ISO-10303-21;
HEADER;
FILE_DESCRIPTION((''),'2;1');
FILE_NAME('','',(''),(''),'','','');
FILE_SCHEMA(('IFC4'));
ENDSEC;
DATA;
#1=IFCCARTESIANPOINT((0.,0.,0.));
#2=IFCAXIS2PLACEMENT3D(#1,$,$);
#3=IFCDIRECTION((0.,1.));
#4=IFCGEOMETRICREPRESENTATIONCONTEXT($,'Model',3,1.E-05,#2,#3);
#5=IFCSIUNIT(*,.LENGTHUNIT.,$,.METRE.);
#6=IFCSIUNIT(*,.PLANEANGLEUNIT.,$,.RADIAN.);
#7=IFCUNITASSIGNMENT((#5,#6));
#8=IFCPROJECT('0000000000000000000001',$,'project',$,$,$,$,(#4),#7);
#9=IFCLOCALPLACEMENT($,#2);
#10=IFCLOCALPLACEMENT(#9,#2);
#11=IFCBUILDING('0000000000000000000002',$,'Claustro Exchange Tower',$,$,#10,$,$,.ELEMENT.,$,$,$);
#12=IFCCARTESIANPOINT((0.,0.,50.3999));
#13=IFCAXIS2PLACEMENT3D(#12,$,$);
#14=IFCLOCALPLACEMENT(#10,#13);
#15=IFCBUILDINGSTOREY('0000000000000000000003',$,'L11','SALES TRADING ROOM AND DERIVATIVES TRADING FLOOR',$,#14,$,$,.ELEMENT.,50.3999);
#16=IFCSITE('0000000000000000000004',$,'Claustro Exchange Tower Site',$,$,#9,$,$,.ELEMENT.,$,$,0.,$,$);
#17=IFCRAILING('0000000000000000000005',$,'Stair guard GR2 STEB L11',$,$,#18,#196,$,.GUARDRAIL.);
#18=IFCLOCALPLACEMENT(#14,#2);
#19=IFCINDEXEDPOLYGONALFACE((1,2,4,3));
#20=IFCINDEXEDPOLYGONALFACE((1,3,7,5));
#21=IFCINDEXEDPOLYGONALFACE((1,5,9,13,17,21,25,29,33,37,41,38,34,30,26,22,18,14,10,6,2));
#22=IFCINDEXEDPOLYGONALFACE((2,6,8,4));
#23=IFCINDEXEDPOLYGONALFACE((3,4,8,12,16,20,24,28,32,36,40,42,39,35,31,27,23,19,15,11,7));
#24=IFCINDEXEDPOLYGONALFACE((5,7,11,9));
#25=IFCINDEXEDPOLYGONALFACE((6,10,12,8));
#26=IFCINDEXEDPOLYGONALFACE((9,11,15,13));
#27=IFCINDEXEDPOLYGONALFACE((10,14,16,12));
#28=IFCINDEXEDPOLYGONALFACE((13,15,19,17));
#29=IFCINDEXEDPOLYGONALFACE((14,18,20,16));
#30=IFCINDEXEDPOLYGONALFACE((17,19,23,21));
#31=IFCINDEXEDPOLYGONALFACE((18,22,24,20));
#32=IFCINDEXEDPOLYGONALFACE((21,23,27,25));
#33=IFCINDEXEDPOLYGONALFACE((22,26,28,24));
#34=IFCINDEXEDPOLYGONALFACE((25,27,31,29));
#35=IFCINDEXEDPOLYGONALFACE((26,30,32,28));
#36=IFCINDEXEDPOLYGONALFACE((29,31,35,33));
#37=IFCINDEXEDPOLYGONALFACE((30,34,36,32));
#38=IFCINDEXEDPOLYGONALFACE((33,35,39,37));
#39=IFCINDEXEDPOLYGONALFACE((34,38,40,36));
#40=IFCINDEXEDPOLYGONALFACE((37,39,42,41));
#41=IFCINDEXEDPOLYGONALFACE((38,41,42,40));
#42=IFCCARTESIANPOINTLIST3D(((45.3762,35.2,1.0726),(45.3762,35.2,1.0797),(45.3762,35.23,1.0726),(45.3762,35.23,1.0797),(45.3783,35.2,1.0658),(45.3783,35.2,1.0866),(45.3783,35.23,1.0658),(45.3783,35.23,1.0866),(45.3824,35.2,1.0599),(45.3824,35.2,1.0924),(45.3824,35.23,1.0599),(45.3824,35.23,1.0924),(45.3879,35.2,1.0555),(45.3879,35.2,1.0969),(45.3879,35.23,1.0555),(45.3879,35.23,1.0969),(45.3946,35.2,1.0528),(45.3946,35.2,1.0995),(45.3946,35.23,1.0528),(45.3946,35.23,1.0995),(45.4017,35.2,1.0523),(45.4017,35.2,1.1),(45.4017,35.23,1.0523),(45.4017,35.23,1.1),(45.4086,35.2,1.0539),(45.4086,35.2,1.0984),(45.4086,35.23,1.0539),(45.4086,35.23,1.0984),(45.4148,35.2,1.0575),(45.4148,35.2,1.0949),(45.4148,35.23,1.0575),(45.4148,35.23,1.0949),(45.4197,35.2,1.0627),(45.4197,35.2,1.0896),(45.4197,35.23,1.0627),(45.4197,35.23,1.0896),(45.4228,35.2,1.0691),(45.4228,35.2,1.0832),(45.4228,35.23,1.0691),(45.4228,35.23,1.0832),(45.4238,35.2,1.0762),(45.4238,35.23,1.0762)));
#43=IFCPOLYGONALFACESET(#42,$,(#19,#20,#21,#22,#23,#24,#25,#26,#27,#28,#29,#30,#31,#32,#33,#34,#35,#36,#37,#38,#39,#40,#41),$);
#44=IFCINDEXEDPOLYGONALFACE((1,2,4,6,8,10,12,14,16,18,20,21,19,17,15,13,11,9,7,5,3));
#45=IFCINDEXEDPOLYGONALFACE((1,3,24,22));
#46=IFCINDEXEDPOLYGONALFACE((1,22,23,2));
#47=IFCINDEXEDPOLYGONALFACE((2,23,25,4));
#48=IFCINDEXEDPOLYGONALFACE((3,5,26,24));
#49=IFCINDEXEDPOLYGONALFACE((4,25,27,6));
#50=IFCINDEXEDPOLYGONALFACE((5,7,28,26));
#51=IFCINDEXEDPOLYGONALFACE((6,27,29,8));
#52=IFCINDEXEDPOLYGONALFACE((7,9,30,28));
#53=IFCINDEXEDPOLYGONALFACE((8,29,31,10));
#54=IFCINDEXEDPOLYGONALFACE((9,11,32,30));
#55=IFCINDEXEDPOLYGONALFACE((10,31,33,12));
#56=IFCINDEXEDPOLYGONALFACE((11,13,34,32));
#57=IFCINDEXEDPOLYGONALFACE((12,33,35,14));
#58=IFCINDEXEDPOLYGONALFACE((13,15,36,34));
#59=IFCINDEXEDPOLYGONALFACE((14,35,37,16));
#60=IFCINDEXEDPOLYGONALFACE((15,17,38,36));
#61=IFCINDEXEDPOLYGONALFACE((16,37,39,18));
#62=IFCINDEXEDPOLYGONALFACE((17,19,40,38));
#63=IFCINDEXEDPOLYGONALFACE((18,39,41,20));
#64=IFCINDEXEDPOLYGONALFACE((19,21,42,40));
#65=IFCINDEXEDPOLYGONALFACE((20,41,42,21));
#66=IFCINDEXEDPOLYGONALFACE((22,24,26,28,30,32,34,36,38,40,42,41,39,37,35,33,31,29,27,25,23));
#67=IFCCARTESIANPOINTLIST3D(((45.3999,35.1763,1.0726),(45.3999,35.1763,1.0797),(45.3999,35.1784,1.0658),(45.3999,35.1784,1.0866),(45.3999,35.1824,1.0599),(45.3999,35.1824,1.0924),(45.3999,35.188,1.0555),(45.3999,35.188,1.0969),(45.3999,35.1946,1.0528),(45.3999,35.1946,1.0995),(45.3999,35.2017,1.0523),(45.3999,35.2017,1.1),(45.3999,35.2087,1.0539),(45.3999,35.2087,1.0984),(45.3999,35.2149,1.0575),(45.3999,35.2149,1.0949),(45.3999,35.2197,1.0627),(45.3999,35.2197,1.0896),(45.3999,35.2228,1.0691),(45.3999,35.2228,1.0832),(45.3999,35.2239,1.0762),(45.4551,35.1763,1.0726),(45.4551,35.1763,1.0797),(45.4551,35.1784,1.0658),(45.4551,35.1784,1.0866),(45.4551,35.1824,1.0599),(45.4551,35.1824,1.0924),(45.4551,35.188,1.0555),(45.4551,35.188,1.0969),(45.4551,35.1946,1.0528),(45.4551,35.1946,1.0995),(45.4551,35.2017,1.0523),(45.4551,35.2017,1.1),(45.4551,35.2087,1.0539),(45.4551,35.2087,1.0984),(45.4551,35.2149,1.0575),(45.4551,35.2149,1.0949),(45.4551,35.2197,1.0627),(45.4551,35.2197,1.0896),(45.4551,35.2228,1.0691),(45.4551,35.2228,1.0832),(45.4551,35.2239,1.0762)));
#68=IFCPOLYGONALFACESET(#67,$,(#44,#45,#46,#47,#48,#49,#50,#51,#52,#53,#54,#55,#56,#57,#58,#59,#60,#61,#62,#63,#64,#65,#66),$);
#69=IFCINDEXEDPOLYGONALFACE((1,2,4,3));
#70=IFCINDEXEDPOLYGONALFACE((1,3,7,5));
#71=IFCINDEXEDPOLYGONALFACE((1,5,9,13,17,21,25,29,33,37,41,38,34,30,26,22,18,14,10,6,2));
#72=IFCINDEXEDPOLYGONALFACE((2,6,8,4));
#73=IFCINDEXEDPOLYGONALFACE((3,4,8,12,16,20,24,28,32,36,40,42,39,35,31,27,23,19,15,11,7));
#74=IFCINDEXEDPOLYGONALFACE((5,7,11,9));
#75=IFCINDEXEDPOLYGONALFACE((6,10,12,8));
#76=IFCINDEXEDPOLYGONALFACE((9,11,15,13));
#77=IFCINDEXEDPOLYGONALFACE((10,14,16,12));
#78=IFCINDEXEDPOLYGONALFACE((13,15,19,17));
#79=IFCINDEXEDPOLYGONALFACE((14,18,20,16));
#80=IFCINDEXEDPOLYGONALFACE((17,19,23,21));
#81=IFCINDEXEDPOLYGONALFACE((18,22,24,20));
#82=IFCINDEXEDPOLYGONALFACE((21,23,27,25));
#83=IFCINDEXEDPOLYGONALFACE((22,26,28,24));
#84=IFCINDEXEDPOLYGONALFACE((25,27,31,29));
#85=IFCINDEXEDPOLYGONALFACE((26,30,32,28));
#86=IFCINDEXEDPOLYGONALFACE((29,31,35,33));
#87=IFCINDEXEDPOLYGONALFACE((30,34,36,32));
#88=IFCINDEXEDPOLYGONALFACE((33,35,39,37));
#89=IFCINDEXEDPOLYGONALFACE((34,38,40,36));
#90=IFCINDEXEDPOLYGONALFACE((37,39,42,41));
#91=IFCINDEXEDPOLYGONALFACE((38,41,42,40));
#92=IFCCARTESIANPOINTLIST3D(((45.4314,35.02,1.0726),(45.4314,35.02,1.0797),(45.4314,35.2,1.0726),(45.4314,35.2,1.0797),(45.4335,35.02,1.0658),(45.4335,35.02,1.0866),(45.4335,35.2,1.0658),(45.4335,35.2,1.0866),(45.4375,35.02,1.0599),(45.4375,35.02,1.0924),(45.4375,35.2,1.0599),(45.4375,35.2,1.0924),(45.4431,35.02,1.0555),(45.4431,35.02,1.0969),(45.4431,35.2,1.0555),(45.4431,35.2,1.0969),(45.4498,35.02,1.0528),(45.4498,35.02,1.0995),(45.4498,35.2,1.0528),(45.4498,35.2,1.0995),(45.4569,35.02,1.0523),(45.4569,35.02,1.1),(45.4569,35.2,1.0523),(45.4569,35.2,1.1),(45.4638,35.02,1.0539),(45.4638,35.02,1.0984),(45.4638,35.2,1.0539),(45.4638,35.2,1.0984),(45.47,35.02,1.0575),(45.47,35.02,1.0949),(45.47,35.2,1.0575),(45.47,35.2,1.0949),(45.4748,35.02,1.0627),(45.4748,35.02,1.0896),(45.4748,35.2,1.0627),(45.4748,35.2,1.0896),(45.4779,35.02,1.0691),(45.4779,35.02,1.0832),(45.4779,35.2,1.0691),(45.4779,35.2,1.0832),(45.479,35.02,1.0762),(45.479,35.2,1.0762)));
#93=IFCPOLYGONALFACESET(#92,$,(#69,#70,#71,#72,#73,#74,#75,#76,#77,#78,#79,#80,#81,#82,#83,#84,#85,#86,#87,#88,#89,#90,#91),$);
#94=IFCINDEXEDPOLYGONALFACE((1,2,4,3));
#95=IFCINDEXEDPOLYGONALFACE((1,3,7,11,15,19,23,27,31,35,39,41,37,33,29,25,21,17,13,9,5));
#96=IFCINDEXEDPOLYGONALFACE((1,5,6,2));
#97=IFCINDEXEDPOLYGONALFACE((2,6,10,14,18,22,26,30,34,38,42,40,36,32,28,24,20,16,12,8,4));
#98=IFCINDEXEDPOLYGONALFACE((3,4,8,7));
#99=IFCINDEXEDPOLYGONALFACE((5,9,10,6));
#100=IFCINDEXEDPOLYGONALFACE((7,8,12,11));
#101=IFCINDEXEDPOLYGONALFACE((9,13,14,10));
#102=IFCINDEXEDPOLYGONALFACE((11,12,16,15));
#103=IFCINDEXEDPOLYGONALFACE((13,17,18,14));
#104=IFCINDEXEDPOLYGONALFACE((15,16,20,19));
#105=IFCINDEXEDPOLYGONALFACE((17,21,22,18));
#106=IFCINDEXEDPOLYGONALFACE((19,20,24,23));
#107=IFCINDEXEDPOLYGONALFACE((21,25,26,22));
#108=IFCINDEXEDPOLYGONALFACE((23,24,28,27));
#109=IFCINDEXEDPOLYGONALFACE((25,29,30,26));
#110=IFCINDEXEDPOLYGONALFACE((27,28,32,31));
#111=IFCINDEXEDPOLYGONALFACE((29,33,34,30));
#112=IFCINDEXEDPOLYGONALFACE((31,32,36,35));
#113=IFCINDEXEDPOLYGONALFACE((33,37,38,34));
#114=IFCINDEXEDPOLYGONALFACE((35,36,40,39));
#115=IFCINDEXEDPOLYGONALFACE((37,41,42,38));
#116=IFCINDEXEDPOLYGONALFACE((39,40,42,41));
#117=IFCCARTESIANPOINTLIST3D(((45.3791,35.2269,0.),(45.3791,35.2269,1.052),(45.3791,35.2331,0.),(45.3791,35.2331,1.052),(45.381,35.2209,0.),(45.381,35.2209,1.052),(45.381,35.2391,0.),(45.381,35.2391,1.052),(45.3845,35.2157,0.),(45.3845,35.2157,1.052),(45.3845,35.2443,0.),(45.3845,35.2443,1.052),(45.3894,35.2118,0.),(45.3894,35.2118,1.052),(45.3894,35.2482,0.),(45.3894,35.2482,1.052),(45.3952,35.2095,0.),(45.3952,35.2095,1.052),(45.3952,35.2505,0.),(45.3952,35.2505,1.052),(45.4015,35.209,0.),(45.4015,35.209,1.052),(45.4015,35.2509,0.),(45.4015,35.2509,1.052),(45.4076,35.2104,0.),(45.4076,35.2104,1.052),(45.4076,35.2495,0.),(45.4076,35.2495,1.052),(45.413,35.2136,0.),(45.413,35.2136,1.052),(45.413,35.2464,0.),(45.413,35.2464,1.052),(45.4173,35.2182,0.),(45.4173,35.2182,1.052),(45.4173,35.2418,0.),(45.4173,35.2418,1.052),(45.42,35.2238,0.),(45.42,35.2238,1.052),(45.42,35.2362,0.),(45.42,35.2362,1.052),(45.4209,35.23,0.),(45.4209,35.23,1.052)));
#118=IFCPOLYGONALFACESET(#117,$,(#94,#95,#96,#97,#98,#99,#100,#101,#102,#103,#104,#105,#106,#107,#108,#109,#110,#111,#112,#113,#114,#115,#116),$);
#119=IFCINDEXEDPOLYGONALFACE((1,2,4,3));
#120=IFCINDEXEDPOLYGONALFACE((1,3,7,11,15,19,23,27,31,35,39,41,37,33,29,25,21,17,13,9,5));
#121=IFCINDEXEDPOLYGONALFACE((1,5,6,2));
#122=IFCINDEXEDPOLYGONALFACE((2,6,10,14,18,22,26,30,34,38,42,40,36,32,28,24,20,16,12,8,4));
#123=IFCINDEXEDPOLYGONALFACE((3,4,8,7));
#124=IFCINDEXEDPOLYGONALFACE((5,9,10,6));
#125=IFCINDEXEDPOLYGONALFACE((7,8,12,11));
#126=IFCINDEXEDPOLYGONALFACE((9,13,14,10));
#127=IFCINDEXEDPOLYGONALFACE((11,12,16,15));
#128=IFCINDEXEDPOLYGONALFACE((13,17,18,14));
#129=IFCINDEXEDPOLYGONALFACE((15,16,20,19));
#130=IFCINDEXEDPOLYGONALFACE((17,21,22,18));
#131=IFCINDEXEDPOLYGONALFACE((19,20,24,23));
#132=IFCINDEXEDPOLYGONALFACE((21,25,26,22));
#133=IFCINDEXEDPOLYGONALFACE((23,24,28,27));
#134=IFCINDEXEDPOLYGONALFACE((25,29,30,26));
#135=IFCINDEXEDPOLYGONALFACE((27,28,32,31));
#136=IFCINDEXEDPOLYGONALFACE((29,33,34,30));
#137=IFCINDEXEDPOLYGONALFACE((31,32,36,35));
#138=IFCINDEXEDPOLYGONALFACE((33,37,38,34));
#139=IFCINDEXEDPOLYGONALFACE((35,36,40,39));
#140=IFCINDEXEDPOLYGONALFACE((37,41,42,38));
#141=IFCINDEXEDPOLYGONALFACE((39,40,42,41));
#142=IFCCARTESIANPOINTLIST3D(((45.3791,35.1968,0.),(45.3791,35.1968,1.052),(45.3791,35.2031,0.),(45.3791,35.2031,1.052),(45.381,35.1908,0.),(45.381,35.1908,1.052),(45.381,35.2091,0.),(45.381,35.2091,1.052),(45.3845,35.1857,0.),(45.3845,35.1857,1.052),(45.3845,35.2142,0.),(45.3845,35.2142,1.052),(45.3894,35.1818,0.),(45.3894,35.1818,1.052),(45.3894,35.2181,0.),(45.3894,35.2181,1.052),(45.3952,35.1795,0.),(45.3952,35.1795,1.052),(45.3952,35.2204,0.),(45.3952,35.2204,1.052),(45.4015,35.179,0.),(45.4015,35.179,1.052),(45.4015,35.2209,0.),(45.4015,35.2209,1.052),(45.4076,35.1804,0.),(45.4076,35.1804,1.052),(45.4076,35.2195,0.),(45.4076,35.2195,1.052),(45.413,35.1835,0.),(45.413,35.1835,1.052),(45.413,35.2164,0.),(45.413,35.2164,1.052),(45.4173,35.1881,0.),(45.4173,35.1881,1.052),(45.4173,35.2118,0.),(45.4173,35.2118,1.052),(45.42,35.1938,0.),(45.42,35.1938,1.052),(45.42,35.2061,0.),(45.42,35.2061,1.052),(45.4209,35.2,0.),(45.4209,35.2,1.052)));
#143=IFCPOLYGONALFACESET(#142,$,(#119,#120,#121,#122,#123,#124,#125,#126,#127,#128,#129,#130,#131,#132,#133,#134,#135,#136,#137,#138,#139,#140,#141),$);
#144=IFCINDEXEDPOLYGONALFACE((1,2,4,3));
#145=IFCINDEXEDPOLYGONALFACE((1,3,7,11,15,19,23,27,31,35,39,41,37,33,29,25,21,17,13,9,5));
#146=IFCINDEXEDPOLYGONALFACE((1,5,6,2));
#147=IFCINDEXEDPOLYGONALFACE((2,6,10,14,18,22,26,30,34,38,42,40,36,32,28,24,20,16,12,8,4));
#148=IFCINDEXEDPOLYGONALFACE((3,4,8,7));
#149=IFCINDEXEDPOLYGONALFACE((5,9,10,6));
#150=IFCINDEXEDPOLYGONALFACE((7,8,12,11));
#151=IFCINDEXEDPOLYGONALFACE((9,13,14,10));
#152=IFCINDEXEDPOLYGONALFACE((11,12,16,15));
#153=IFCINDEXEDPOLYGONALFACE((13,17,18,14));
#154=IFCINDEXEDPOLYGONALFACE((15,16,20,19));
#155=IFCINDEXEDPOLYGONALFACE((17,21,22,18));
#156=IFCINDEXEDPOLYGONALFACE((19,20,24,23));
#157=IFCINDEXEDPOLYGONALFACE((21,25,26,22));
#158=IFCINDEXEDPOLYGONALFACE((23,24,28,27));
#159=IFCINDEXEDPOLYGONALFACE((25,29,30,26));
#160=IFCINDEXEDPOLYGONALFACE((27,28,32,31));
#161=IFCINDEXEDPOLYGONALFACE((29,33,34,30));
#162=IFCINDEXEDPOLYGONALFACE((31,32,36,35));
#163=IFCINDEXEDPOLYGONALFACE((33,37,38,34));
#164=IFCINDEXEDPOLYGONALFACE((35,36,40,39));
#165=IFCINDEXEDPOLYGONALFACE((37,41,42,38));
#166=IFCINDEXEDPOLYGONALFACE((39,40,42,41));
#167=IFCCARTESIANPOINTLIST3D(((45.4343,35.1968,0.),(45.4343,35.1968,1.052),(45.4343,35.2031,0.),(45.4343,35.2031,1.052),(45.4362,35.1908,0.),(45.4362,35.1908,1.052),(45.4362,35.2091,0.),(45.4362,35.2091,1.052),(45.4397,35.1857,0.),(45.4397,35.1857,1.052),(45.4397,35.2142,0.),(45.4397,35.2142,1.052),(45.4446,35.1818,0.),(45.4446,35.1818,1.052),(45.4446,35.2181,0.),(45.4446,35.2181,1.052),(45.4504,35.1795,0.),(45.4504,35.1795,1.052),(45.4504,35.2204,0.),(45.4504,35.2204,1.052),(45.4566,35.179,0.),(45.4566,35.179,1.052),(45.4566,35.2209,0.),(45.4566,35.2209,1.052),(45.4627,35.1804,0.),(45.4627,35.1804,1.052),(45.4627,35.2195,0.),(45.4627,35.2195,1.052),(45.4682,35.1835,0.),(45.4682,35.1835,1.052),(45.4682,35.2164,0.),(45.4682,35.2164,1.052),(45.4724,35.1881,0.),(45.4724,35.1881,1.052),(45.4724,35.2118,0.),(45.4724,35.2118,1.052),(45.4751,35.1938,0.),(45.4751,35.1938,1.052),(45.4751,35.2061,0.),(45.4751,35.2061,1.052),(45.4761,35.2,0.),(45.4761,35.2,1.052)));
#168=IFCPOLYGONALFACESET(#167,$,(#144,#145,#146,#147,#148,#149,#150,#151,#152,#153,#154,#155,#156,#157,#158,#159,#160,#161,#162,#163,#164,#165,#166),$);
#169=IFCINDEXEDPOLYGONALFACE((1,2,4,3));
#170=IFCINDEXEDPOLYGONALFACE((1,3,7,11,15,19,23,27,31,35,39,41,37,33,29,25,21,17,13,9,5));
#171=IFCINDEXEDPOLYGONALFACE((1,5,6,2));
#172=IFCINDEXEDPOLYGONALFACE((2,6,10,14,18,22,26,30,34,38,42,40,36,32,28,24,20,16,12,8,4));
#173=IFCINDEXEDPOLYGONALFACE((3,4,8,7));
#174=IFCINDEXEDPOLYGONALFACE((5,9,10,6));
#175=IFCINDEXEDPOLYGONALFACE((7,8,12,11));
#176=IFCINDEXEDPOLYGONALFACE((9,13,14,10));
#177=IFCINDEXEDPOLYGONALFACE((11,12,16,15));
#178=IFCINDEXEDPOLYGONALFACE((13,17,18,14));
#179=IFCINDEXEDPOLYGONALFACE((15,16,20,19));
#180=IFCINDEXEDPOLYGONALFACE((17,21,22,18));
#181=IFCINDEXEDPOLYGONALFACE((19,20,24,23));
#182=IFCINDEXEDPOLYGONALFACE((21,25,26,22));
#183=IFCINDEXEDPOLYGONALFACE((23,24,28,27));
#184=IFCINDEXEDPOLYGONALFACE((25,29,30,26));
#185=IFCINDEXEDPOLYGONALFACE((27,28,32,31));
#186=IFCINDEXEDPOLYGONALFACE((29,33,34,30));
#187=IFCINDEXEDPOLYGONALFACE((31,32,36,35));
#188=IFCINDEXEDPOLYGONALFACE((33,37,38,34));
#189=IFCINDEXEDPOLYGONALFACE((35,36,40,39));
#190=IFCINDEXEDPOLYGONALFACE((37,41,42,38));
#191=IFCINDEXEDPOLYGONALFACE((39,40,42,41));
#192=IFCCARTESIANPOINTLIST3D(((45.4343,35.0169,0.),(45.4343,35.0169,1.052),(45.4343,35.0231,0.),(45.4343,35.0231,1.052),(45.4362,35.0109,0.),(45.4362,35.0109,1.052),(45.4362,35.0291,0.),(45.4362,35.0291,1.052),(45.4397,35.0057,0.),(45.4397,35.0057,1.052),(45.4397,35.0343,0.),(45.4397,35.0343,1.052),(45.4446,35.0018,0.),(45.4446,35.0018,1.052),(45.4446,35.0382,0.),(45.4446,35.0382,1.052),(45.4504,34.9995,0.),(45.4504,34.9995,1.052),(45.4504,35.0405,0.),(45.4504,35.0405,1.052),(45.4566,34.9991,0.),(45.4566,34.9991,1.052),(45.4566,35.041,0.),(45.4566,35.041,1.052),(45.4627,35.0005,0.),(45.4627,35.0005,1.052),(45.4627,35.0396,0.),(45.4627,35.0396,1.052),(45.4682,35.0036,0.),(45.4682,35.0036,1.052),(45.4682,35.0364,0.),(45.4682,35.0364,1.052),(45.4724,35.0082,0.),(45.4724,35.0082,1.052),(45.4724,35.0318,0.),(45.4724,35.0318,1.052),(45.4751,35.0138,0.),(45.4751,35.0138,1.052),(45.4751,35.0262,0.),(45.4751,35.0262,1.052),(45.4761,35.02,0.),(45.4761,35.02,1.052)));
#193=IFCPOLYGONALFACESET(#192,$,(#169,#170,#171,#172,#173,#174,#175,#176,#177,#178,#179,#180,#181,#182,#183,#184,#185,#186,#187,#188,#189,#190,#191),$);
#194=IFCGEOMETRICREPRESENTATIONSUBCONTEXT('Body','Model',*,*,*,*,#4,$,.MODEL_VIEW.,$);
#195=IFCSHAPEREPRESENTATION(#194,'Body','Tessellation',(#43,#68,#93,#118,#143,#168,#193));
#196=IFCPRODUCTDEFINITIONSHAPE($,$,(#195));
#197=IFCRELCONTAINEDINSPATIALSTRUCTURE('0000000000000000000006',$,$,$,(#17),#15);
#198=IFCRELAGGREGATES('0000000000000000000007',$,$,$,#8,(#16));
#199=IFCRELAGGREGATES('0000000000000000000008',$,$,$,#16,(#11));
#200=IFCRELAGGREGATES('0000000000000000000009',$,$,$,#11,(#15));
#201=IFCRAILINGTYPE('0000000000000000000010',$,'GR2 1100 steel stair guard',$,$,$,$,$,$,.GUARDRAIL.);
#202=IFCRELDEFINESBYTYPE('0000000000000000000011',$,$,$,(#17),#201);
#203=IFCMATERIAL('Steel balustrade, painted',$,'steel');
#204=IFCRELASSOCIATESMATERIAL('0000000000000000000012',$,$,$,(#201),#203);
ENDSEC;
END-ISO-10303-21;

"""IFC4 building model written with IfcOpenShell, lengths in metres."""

from ifc_helpers import new_model, si_unit, direction, frame, origin, origin_2d, place, context, subcontext, project, spatial, circle, extrude, material, type_object, element, save


model = new_model("IFC4")

# Units and contexts
model_context = context("Model", 3, precision=1e-05, world=origin(), true_north=direction((0.0, 1.0)))
body_context = subcontext(model_context, "Body", "Model", "MODEL_VIEW")
ifc_project = project(units=[si_unit("LENGTHUNIT", "METRE"), si_unit("PLANEANGLEUNIT", "RADIAN")], contexts=[model_context])

# Site, building, storey
site_placement = place(None, origin())
site = spatial("IfcSite", under=ifc_project, at=site_placement, Name="Claustro Exchange Tower Site", CompositionType="ELEMENT", RefElevation=0.0)
building_placement = place(site_placement, origin())
building = spatial("IfcBuilding", under=site, at=building_placement, Name="Claustro Exchange Tower", CompositionType="ELEMENT")
storey_placement = place(building_placement, frame((0.0, 0.0, 50.3999)))
storey = spatial("IfcBuildingStorey", under=building, at=storey_placement, Name="L11", Description="SALES TRADING ROOM AND DERIVATIVES TRADING FLOOR", CompositionType="ELEMENT", Elevation=50.3999)

# Railing
ifc_material_1 = material(Name="Steel balustrade, painted", Category="steel")
railing_type_1 = type_object("IfcRailingType", Name="GR2 1100 steel stair guard", PredefinedType="GUARDRAIL", material=ifc_material_1)
railing_1_placement = place(storey_placement, frame((45.3999, 35.23, 0.0)))
element("IfcRailing", 1, at=railing_1_placement, inside=storey, type_object=railing_type_1, Name="Stair guard GR2 STEB L11", PredefinedType="GUARDRAIL", context=body_context, shape_type="SweptSolid", body=[
    extrude(circle(Radius=0.0239, at=origin_2d()), frame((0.0, 0.0, 1.0762), z_axis=(0.0, -1.0, 0.0), x_axis=(1.0, 0.0, 0.0)), (0.0, 0.0, 1.0), 0.03),
    extrude(circle(Radius=0.0239, at=origin_2d()), frame((0.0, -0.03, 1.0762), z_axis=(1.0, 0.0, 0.0), x_axis=(0.0, 1.0, 0.0)), (0.0, 0.0, 1.0), 0.0552),
    extrude(circle(Radius=0.0239, at=origin_2d()), frame((0.0552, -0.03, 1.0762), z_axis=(0.0, -1.0, 0.0), x_axis=(1.0, 0.0, 0.0)), (0.0, 0.0, 1.0), 0.1799),
    extrude(circle(Radius=0.021, at=origin_2d()), origin(), (0.0, 0.0, 1.0), 1.052),
    extrude(circle(Radius=0.021, at=origin_2d()), frame((0.0, -0.03, 0.0)), (0.0, 0.0, 1.0), 1.052),
    extrude(circle(Radius=0.021, at=origin_2d()), frame((0.0552, -0.03, 0.0)), (0.0, 0.0, 1.0), 1.052),
    extrude(circle(Radius=0.021, at=origin_2d()), frame((0.0552, -0.21, 0.0)), (0.0, 0.0, 1.0), 1.052),
])

save(model, "model.ifc")
